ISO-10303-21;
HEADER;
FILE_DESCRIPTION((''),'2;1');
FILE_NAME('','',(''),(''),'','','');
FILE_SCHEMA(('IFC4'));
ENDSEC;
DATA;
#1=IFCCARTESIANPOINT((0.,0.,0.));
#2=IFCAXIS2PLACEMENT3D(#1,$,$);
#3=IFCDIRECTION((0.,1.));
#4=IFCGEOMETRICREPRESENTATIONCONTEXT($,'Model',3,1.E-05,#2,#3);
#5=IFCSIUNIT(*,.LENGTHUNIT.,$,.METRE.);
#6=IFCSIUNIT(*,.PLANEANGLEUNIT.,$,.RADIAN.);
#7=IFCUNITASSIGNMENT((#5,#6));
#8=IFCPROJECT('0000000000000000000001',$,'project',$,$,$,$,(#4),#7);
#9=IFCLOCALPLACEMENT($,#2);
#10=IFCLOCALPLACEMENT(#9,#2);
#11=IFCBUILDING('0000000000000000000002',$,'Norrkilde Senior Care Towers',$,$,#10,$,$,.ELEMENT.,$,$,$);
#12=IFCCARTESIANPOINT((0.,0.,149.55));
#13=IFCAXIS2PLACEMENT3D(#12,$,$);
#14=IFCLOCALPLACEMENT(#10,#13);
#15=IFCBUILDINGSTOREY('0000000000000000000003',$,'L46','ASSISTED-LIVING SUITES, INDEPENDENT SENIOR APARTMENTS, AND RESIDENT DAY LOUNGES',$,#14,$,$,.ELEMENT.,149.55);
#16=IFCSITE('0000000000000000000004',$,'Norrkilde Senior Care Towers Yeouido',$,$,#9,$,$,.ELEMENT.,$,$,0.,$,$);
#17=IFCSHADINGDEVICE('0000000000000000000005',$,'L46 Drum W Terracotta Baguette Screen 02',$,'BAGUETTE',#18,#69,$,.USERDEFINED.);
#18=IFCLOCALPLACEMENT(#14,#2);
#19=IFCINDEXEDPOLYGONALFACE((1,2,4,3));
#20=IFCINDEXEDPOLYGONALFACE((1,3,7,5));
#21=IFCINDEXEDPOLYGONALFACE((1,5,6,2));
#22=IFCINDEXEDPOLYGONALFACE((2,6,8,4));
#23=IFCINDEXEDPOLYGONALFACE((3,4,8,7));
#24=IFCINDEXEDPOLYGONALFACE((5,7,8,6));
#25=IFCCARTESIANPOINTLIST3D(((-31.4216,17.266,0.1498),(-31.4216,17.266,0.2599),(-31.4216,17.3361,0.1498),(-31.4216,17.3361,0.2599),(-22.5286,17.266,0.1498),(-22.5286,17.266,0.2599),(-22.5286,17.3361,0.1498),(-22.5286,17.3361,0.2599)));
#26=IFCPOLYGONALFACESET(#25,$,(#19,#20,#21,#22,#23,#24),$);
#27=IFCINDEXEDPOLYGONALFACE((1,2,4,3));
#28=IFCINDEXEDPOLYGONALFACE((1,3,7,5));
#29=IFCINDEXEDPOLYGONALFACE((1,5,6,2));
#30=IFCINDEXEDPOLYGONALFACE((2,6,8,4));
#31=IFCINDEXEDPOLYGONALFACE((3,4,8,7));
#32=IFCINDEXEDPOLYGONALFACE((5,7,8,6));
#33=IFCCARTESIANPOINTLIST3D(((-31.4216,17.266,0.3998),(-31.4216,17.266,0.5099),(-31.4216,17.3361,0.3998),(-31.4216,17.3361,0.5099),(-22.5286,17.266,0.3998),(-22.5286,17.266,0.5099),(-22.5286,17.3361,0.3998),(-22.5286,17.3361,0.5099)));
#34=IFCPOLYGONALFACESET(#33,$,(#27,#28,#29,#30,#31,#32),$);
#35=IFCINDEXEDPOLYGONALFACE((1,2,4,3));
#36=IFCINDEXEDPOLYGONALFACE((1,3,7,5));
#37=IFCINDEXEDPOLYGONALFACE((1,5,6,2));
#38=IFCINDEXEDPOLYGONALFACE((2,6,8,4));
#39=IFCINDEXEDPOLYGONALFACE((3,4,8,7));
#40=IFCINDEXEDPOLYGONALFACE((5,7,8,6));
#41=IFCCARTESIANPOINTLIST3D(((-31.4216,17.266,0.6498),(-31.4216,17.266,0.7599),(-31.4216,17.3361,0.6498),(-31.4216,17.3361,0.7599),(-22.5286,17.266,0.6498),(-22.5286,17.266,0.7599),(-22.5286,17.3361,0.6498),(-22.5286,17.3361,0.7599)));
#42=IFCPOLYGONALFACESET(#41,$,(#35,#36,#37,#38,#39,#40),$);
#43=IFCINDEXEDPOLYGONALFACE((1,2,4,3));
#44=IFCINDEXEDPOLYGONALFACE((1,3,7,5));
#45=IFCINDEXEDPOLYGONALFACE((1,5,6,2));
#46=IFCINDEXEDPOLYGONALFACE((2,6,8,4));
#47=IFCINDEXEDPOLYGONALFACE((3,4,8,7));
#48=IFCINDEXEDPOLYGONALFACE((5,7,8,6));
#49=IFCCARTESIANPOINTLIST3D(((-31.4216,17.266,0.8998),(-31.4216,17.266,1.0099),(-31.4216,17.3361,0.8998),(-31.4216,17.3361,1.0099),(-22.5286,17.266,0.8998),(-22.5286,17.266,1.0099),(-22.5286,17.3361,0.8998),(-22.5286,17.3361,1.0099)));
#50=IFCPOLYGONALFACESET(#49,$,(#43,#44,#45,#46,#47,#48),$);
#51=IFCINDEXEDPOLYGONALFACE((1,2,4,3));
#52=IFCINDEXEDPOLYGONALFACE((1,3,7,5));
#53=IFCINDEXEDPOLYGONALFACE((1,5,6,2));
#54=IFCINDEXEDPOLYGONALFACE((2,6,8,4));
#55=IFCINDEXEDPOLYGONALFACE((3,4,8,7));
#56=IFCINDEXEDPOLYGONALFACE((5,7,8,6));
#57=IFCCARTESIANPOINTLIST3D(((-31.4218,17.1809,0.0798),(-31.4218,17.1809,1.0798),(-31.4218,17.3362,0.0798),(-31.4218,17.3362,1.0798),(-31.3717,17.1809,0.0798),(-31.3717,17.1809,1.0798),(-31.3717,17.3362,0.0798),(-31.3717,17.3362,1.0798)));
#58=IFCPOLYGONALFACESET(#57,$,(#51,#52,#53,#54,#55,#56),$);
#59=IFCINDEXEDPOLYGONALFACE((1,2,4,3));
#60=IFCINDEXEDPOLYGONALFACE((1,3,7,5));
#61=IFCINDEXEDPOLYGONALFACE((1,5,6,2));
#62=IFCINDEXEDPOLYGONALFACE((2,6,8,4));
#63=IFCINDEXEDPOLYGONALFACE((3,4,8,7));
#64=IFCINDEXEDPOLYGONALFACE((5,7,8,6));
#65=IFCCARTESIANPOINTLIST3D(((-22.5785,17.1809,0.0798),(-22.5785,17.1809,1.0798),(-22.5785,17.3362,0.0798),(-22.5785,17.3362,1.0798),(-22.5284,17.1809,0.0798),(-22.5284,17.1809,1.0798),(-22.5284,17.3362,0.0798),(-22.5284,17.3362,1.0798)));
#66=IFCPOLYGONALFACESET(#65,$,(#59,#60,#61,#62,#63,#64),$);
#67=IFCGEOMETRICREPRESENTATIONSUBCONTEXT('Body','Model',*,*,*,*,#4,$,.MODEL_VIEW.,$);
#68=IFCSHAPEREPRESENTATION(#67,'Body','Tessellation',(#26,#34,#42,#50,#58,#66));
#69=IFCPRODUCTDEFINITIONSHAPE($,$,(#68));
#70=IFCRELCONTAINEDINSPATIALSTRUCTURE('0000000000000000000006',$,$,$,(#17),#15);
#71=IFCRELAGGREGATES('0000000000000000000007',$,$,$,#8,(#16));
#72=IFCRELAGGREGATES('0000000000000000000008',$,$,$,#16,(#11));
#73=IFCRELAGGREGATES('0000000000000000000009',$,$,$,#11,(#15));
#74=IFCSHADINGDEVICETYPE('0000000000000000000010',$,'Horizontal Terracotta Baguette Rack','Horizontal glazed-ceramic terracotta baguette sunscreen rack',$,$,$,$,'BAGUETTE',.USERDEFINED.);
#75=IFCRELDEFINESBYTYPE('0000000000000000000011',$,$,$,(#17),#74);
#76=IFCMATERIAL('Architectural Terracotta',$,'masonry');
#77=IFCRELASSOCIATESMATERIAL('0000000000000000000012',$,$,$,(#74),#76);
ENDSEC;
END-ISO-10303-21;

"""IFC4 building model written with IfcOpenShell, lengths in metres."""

from ifc_helpers import new_model, si_unit, direction, frame, origin, origin_2d, place, context, subcontext, project, spatial, rectangle, extrude, source, transform, mapped, material, type_object, type_shapes, element, save


model = new_model("IFC4")

# Units and contexts
model_context = context("Model", 3, precision=1e-05, world=origin(), true_north=direction((0.0, 1.0)))
body_context = subcontext(model_context, "Body", "Model", "MODEL_VIEW")
ifc_project = project(units=[si_unit("LENGTHUNIT", "METRE"), si_unit("PLANEANGLEUNIT", "RADIAN")], contexts=[model_context])

# Site, building, storey
site_placement = place(None, origin())
site = spatial("IfcSite", under=ifc_project, at=site_placement, Name="Norrkilde Senior Care Towers Yeouido", CompositionType="ELEMENT", RefElevation=0.0)
building_placement = place(site_placement, origin())
building = spatial("IfcBuilding", under=site, at=building_placement, Name="Norrkilde Senior Care Towers", CompositionType="ELEMENT")
storey_placement = place(building_placement, frame((0.0, 0.0, 149.55)))
storey = spatial("IfcBuildingStorey", under=building, at=storey_placement, Name="L46", Description="ASSISTED-LIVING SUITES, INDEPENDENT SENIOR APARTMENTS, AND RESIDENT DAY LOUNGES", CompositionType="ELEMENT", Elevation=149.55)

# Shading device
ifc_material_1 = material(Name="Architectural Terracotta", Category="masonry")
shading_device_type = type_object("IfcShadingDeviceType", Name="Horizontal Terracotta Baguette Rack", Description="Horizontal glazed-ceramic terracotta baguette sunscreen rack", ElementType="BAGUETTE", PredefinedType="USERDEFINED", material=ifc_material_1)
shared_shape_1 = source(origin(), body_context, "Body", "SweptSolid", [
    extrude(rectangle(XDim=0.0701, YDim=0.1101, at=origin_2d()), frame((0.0, 0.0901, 0.125), z_axis=(1.0, 0.0, 0.0), x_axis=(0.0, 1.0, 0.0)), (0.0, 0.0, 1.0), 8.8931),
    extrude(rectangle(XDim=0.0701, YDim=0.1101, at=origin_2d()), frame((0.0, 0.0901, 0.375), z_axis=(1.0, 0.0, 0.0), x_axis=(0.0, 1.0, 0.0)), (0.0, 0.0, 1.0), 8.8931),
    extrude(rectangle(XDim=0.0701, YDim=0.1101, at=origin_2d()), frame((0.0, 0.0901, 0.625), z_axis=(1.0, 0.0, 0.0), x_axis=(0.0, 1.0, 0.0)), (0.0, 0.0, 1.0), 8.8931),
    extrude(rectangle(XDim=0.0701, YDim=0.1101, at=origin_2d()), frame((0.0, 0.0901, 0.875), z_axis=(1.0, 0.0, 0.0), x_axis=(0.0, 1.0, 0.0)), (0.0, 0.0, 1.0), 8.8931),
    extrude(rectangle(XDim=0.05, YDim=0.1553, at=origin_2d()), frame((0.0249, 0.0476, 0.0)), (0.0, 0.0, 1.0), 1.0),
    extrude(rectangle(XDim=0.05, YDim=0.1553, at=origin_2d()), frame((8.8682, 0.0476, 0.0)), (0.0, 0.0, 1.0), 1.0),
])
type_shapes(shading_device_type, [shared_shape_1])
shading_device_placement = place(storey_placement, frame((-31.4216, 17.2109, 0.0798), z_axis=(0.0, 0.0, 1.0), x_axis=(1.0, 0.0, 0.0)))
element("IfcShadingDevice", 1, at=shading_device_placement, inside=storey, type_object=shading_device_type, Name="L46 Drum W Terracotta Baguette Screen 02", ObjectType="BAGUETTE", PredefinedType="USERDEFINED", context=body_context, shape_type="MappedRepresentation", body=[
    mapped(shared_shape_1, transform((0.0, 0.0, 0.0), x_axis=(1.0, 0.0, 0.0), y_axis=(0.0, 1.0, 0.0), z_axis=(0.0, 0.0, 1.0), scale=1.0)),
])

save(model, "model.ifc")
